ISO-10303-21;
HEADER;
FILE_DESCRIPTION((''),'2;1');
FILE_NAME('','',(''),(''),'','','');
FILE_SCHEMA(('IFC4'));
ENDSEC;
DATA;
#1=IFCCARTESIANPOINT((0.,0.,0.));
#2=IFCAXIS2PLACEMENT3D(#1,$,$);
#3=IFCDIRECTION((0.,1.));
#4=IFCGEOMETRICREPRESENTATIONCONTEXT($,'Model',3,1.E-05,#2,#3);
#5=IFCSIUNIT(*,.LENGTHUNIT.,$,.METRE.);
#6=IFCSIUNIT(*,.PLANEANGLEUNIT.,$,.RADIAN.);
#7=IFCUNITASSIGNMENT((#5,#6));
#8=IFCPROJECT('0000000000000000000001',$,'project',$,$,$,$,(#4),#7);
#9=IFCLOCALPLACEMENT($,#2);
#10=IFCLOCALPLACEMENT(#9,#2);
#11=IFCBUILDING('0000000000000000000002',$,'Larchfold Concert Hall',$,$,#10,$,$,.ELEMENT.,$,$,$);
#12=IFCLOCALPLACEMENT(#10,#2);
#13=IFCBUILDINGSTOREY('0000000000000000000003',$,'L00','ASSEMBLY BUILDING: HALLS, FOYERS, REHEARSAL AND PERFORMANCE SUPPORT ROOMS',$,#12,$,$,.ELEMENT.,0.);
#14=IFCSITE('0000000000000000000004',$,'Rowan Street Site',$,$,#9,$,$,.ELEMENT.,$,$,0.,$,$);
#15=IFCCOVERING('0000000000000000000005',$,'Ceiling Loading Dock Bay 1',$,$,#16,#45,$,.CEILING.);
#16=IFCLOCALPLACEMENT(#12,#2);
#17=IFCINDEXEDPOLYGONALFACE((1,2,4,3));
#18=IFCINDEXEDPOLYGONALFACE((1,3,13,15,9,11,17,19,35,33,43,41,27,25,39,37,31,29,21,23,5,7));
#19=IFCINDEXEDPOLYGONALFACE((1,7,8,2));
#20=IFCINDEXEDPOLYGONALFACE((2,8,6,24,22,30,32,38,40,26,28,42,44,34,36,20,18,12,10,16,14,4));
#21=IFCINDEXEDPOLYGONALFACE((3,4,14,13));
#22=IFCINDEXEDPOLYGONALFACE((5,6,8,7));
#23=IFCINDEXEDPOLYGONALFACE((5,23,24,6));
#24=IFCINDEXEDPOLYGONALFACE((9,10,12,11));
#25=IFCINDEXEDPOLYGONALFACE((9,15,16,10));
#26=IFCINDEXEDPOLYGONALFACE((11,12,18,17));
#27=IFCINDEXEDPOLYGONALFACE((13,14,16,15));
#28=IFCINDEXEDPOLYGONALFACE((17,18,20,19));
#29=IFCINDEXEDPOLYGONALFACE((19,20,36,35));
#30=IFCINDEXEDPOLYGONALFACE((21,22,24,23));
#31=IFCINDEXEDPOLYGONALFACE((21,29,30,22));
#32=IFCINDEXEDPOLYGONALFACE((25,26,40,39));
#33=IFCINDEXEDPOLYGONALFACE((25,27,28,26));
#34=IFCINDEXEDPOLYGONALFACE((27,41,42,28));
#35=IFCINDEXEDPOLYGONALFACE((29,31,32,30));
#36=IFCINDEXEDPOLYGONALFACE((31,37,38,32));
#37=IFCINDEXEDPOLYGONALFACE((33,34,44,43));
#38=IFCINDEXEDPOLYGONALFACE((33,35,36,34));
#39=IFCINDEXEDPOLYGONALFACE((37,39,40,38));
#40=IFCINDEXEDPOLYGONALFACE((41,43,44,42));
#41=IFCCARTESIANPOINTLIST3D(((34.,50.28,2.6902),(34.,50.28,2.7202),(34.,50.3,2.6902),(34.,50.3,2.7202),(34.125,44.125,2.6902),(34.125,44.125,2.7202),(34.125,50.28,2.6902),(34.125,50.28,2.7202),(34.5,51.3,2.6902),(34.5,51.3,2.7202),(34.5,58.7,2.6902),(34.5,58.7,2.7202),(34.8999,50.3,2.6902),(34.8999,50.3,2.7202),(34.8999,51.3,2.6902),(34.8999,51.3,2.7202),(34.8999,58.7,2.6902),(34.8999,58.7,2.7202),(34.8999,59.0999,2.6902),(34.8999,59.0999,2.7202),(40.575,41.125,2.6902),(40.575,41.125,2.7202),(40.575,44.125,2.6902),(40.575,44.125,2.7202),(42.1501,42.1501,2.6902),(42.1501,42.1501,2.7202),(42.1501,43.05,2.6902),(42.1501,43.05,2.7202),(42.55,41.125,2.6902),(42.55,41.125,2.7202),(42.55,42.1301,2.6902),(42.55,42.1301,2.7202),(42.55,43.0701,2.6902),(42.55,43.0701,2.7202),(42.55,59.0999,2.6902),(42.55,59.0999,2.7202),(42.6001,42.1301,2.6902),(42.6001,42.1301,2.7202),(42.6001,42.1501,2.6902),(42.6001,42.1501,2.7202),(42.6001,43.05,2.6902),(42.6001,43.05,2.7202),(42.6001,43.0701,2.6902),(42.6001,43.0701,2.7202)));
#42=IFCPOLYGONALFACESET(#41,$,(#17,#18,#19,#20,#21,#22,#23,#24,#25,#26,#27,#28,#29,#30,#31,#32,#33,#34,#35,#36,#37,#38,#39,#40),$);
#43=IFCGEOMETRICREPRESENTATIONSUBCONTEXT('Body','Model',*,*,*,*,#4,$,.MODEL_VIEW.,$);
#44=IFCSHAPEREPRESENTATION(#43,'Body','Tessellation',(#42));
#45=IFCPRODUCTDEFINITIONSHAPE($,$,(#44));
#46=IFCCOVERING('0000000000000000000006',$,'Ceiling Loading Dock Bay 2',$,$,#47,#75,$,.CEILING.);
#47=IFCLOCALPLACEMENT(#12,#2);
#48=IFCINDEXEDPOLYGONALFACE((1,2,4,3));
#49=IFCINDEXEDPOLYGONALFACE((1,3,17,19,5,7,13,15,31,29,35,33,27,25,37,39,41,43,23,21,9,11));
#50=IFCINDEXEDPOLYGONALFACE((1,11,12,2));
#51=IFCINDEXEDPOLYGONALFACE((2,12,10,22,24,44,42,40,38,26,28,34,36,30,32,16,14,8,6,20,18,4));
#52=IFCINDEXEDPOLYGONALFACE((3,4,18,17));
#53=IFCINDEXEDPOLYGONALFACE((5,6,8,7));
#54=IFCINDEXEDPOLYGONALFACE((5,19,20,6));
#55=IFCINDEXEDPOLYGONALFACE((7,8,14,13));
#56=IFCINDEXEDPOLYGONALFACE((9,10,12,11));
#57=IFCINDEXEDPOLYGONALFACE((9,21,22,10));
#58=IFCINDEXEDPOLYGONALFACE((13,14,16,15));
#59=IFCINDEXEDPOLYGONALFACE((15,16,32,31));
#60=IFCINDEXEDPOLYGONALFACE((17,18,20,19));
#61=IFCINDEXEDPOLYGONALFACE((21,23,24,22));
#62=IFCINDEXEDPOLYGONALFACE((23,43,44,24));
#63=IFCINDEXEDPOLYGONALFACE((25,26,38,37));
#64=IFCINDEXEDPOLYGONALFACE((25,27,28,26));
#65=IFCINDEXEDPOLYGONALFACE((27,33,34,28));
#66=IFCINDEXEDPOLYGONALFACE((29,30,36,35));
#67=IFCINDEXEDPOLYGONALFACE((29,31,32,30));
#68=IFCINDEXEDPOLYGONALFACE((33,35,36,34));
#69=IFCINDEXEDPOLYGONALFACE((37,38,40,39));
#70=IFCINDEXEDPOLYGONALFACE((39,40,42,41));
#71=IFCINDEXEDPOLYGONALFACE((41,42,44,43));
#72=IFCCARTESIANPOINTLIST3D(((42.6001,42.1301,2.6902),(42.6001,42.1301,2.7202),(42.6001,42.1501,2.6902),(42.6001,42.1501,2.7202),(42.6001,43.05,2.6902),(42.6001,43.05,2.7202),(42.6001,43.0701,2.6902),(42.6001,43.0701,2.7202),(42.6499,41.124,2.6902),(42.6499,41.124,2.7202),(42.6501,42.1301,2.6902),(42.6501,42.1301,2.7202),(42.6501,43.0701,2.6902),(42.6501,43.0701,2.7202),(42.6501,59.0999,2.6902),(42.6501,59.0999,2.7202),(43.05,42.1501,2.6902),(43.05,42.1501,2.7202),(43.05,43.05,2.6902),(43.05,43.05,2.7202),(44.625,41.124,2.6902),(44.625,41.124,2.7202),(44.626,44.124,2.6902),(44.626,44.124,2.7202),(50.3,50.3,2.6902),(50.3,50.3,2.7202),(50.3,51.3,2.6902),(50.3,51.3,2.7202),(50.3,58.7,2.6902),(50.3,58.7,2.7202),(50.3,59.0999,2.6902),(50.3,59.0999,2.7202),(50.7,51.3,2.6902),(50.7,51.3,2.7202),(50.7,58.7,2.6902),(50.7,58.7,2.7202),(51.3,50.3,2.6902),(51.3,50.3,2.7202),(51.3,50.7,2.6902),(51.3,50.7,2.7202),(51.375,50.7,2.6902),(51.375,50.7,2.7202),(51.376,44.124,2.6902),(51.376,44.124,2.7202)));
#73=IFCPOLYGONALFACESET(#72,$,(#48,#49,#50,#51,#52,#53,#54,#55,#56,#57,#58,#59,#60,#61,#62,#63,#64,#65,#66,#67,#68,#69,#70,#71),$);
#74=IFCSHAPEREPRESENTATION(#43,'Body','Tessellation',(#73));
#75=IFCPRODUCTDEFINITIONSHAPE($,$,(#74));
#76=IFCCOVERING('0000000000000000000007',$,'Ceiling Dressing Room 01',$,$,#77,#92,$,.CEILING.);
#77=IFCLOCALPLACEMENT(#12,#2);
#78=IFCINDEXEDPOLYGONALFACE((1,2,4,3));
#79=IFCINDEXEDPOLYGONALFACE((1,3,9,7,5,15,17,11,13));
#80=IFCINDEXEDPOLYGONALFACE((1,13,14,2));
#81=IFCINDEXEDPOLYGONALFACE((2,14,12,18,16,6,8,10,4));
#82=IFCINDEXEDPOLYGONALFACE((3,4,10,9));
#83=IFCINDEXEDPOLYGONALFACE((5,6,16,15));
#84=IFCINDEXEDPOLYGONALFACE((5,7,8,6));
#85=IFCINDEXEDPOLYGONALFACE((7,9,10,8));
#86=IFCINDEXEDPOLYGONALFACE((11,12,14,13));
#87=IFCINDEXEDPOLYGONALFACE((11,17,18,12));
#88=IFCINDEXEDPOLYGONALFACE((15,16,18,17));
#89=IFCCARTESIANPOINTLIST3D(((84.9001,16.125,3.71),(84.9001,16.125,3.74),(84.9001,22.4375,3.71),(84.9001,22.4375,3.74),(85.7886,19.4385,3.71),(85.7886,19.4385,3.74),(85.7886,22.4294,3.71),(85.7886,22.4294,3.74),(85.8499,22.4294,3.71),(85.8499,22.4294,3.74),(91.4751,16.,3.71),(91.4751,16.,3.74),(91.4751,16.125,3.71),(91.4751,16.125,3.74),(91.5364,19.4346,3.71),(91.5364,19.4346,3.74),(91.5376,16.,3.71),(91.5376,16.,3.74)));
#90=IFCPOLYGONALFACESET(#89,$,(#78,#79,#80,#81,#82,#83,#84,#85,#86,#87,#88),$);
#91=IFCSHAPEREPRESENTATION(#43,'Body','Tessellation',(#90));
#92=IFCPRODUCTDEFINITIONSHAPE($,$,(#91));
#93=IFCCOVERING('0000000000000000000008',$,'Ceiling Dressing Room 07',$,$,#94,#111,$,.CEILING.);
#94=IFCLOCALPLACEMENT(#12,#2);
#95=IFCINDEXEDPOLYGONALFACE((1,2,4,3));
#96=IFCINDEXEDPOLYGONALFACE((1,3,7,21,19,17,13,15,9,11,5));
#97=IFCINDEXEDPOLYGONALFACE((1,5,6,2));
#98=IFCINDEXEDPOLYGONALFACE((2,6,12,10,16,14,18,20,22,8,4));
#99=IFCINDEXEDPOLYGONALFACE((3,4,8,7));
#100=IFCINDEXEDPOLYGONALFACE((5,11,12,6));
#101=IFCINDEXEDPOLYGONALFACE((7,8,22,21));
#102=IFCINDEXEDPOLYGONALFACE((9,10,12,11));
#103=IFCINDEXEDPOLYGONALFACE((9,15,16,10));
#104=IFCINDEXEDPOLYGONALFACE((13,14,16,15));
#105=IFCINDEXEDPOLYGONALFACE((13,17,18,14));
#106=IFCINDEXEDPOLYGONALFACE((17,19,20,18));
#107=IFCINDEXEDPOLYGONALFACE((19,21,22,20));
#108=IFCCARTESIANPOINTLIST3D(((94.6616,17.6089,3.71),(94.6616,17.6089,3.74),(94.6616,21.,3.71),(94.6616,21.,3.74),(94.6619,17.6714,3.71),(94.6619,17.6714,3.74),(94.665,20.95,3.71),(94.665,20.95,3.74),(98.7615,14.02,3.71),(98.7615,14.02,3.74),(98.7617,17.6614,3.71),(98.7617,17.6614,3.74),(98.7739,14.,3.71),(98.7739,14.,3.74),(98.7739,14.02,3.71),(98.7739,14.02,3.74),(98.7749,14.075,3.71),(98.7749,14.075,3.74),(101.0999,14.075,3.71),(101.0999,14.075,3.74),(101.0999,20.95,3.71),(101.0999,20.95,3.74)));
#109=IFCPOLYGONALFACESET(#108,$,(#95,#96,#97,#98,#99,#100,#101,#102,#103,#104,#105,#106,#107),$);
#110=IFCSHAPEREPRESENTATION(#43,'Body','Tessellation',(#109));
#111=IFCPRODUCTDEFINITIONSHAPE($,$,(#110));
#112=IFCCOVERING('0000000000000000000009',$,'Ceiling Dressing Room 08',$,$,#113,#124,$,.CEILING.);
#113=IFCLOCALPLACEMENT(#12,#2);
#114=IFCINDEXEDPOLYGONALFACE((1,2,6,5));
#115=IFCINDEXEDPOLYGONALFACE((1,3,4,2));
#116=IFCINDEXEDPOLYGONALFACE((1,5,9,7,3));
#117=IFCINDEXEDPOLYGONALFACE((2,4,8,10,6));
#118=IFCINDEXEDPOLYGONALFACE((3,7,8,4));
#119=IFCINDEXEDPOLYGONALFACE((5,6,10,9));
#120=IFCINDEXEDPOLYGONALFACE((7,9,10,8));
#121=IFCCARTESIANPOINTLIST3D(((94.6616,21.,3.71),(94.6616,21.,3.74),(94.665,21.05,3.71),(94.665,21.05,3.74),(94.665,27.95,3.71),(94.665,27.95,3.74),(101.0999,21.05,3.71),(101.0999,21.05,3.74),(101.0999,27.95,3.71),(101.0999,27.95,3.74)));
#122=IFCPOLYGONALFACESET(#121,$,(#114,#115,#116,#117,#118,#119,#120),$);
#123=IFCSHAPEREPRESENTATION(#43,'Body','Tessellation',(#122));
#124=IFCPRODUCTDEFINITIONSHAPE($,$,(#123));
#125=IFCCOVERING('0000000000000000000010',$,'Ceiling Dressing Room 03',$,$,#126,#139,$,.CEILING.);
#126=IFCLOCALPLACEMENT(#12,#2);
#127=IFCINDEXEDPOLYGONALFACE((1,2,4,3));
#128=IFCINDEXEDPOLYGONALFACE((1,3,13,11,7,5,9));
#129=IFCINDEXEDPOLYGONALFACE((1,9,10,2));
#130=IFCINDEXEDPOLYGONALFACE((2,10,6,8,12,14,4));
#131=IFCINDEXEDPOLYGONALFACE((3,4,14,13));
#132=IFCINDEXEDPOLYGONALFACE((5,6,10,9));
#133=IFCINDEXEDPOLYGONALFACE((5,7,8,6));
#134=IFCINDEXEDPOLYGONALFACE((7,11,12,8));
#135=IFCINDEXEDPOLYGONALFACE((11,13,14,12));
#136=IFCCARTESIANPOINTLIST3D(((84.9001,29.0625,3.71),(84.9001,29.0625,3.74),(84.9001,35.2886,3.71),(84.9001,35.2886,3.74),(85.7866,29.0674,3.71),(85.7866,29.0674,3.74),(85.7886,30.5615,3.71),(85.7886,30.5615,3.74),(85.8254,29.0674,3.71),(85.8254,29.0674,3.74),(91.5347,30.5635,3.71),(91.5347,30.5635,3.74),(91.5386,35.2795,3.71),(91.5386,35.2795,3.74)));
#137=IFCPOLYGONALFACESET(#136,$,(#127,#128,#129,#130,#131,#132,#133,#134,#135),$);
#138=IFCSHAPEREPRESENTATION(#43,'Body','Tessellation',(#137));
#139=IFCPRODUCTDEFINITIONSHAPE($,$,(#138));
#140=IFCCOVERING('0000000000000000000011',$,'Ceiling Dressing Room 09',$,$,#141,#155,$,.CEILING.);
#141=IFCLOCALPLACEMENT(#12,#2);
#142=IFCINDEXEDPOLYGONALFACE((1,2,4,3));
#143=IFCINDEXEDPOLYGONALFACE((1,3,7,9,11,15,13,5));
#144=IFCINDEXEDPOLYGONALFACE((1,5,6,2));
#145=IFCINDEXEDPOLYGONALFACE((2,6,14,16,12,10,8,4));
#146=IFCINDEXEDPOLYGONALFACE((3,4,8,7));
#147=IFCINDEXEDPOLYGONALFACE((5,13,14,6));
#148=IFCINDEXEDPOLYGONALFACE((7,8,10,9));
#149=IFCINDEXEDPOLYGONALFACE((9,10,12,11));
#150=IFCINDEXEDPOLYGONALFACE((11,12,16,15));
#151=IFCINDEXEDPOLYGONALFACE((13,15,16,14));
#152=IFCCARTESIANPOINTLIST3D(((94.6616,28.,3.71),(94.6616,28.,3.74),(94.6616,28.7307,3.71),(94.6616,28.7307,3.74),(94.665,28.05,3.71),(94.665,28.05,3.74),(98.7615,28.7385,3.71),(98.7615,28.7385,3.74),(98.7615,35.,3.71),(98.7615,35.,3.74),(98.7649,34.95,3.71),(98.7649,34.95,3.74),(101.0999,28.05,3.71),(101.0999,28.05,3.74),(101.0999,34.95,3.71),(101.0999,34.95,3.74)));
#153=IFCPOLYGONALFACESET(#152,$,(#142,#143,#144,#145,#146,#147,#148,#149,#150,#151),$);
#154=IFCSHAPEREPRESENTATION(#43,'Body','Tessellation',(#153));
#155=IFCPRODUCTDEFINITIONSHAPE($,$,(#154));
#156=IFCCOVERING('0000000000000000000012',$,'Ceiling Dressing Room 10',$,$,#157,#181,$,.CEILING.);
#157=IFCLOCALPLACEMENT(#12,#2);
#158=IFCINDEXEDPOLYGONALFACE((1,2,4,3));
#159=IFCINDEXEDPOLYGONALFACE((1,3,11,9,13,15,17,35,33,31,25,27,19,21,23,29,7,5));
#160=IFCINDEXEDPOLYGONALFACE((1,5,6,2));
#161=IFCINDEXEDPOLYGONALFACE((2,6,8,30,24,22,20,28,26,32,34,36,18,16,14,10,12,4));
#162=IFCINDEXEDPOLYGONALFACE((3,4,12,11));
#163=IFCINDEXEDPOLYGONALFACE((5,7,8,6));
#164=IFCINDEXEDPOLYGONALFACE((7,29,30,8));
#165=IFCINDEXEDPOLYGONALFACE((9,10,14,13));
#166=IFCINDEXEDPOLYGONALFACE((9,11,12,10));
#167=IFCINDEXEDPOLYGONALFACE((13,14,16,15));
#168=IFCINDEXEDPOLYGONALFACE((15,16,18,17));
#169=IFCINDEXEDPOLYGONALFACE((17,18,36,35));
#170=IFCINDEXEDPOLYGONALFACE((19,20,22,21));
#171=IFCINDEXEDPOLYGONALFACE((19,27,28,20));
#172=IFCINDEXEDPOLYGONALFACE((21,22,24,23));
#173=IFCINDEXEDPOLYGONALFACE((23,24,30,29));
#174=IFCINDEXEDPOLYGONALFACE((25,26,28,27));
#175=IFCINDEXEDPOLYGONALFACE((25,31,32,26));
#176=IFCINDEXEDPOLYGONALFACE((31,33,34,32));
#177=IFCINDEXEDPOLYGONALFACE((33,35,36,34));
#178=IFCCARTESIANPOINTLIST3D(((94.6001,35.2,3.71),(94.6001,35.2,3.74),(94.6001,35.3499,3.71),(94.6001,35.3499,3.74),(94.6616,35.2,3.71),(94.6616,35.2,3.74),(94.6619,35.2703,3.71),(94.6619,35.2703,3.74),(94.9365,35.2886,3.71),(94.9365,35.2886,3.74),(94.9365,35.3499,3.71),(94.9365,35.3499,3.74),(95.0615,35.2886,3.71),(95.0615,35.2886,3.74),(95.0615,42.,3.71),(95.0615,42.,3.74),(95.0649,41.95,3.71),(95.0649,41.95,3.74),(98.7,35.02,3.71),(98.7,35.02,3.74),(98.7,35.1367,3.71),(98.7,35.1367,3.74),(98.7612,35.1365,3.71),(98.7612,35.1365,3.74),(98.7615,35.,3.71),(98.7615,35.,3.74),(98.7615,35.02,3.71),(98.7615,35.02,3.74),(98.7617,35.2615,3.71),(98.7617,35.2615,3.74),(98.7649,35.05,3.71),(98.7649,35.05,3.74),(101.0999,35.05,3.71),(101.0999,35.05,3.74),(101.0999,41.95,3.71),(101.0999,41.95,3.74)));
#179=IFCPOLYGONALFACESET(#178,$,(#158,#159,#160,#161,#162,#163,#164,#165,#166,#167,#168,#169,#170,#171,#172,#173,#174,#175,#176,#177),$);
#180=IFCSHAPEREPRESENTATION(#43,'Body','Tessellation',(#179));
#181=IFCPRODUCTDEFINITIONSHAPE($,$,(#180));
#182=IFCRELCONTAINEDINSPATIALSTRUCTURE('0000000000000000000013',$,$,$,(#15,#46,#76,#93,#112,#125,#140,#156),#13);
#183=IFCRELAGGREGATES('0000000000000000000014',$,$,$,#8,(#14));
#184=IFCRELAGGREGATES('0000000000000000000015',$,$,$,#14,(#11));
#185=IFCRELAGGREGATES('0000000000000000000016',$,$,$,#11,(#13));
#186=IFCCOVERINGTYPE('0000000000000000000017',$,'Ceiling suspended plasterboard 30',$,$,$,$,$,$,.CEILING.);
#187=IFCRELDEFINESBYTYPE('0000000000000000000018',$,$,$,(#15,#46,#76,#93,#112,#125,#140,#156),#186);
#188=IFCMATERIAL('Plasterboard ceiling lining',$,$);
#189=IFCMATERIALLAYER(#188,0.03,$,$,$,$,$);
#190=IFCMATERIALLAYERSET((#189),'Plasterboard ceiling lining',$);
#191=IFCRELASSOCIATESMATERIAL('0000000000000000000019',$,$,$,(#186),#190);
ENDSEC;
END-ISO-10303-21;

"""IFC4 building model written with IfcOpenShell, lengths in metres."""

from ifc_helpers import new_model, si_unit, direction, frame, origin, place, context, subcontext, project, spatial, polyline, outline, extrude, material, layer, layer_set, type_object, element, save


model = new_model("IFC4")

# Units and contexts
model_context = context("Model", 3, precision=1e-05, world=origin(), true_north=direction((0.0, 1.0)))
body_context = subcontext(model_context, "Body", "Model", "MODEL_VIEW")
ifc_project = project(units=[si_unit("LENGTHUNIT", "METRE"), si_unit("PLANEANGLEUNIT", "RADIAN")], contexts=[model_context])

# Site, building, storey
site_placement = place(None, origin())
site = spatial("IfcSite", under=ifc_project, at=site_placement, Name="Rowan Street Site", CompositionType="ELEMENT", RefElevation=0.0)
building_placement = place(site_placement, origin())
building = spatial("IfcBuilding", under=site, at=building_placement, Name="Larchfold Concert Hall", CompositionType="ELEMENT")
storey_placement = place(building_placement, origin())
storey = spatial("IfcBuildingStorey", under=building, at=storey_placement, Name="L00", Description="ASSEMBLY BUILDING: HALLS, FOYERS, REHEARSAL AND PERFORMANCE SUPPORT ROOMS", CompositionType="ELEMENT", Elevation=0.0)

# Coverings
ifc_material_1 = material(Name="Plasterboard ceiling lining")
ifc_layer_1 = layer(ifc_material_1, 0.03)
ifc_layer_set_1 = layer_set([ifc_layer_1], Name="Plasterboard ceiling lining")
covering_type_1 = type_object("IfcCoveringType", Name="Ceiling suspended plasterboard 30", PredefinedType="CEILING", material=ifc_layer_set_1)
covering_1_placement = place(storey_placement, frame((0.0, 0.0, 2.6902)))
element("IfcCovering", 1, at=covering_1_placement, inside=storey, type_object=covering_type_1, Name="Ceiling Loading Dock Bay 1", PredefinedType="CEILING", context=body_context, shape_type="SweptSolid", body=[
    extrude(outline(polyline([(34.0, 50.3), (34.0, 50.28), (34.125, 50.28), (34.125, 44.125), (40.575, 44.125), (40.575, 41.125), (42.55, 41.125), (42.55, 42.1301), (42.6001, 42.1301), (42.6001, 42.1501), (42.1501, 42.1501), (42.1501, 43.05), (42.6001, 43.05), (42.6001, 43.0701), (42.55, 43.0701), (42.55, 59.0999), (34.8999, 59.0999), (34.8999, 58.7), (34.5, 58.7), (34.5, 51.3), (34.8999, 51.3), (34.8999, 50.3), (34.0, 50.3)])), origin(), (0.0, 0.0, 1.0), 0.03),
])
covering_2_placement = place(storey_placement, frame((0.0, 0.0, 2.6902)))
element("IfcCovering", 2, at=covering_2_placement, inside=storey, type_object=covering_type_1, Name="Ceiling Loading Dock Bay 2", PredefinedType="CEILING", context=body_context, shape_type="SweptSolid", body=[
    extrude(outline(polyline([(42.6501, 42.1301), (42.6499, 41.124), (44.625, 41.124), (44.626, 44.124), (51.376, 44.124), (51.375, 50.7), (51.3, 50.7), (51.3, 50.3), (50.3, 50.3), (50.3, 51.3), (50.7, 51.3), (50.7, 58.7), (50.3, 58.7), (50.3, 59.0999), (42.6501, 59.0999), (42.6501, 43.0701), (42.6001, 43.0701), (42.6001, 43.05), (43.05, 43.05), (43.05, 42.1501), (42.6001, 42.1501), (42.6001, 42.1301), (42.6501, 42.1301)])), origin(), (0.0, 0.0, 1.0), 0.03),
])
covering_3_placement = place(storey_placement, frame((0.0, 0.0, 3.71)))
element("IfcCovering", 3, at=covering_3_placement, inside=storey, type_object=covering_type_1, Name="Ceiling Dressing Room 01", PredefinedType="CEILING", context=body_context, shape_type="SweptSolid", body=[
    extrude(outline(polyline([(85.7886, 22.4294), (85.8499, 22.4294), (84.9001, 22.4375), (84.9001, 16.125), (91.4751, 16.125), (91.4751, 16.0), (91.5376, 16.0), (91.5364, 19.4346), (85.7886, 19.4385), (85.7886, 22.4294)])), origin(), (0.0, 0.0, 1.0), 0.03),
])
covering_4_placement = place(storey_placement, frame((0.0, 0.0, 3.71)))
element("IfcCovering", 4, at=covering_4_placement, inside=storey, type_object=covering_type_1, Name="Ceiling Dressing Room 07", PredefinedType="CEILING", context=body_context, shape_type="SweptSolid", body=[
    extrude(outline(polyline([(94.6616, 17.6089), (94.6619, 17.6714), (98.7617, 17.6614), (98.7615, 14.02), (98.7739, 14.02), (98.7739, 14.0), (98.7749, 14.075), (101.0999, 14.075), (101.0999, 20.95), (94.665, 20.95), (94.6616, 21.0), (94.6616, 17.6089)])), origin(), (0.0, 0.0, 1.0), 0.03),
])
covering_5_placement = place(storey_placement, frame((0.0, 0.0, 3.71)))
element("IfcCovering", 5, at=covering_5_placement, inside=storey, type_object=covering_type_1, Name="Ceiling Dressing Room 08", PredefinedType="CEILING", context=body_context, shape_type="SweptSolid", body=[
    extrude(outline(polyline([(94.6616, 21.0), (94.665, 21.05), (101.0999, 21.05), (101.0999, 27.95), (94.665, 27.95), (94.665, 28.0), (94.6616, 21.0)])), origin(), (0.0, 0.0, 1.0), 0.03),
])
covering_6_placement = place(storey_placement, frame((0.0, 0.0, 3.71)))
element("IfcCovering", 6, at=covering_6_placement, inside=storey, type_object=covering_type_1, Name="Ceiling Dressing Room 03", PredefinedType="CEILING", context=body_context, shape_type="SweptSolid", body=[
    extrude(outline(polyline([(84.9001, 35.2886), (84.9001, 29.0625), (85.8254, 29.0674), (85.7866, 29.0674), (85.7886, 30.5615), (91.6001, 30.5635), (91.5347, 30.5635), (91.5386, 35.2795), (84.9001, 35.2886)])), origin(), (0.0, 0.0, 1.0), 0.03),
])
covering_7_placement = place(storey_placement, frame((0.0, 0.0, 3.71)))
element("IfcCovering", 7, at=covering_7_placement, inside=storey, type_object=covering_type_1, Name="Ceiling Dressing Room 09", PredefinedType="CEILING", context=body_context, shape_type="SweptSolid", body=[
    extrude(outline(polyline([(94.6616, 28.0), (94.665, 28.05), (101.0999, 28.05), (101.0999, 34.95), (98.7649, 34.95), (98.7615, 35.0), (98.7615, 28.7385), (94.6616, 28.7307), (94.6616, 28.0)])), origin(), (0.0, 0.0, 1.0), 0.03),
])
covering_8_placement = place(storey_placement, frame((0.0, 0.0, 3.71)))
element("IfcCovering", 8, at=covering_8_placement, inside=storey, type_object=covering_type_1, Name="Ceiling Dressing Room 10", PredefinedType="CEILING", context=body_context, shape_type="SweptSolid", body=[
    extrude(outline(polyline([(95.0615, 42.0), (95.0615, 35.2886), (94.9365, 35.2886), (94.9365, 35.3499), (94.6001, 35.3499), (94.6001, 35.2), (94.6616, 35.2), (94.6619, 35.2703), (98.7617, 35.2615), (98.7612, 35.1365), (98.7, 35.1367), (98.7, 35.02), (98.7615, 35.02), (98.7615, 35.0), (98.7649, 35.05), (101.0999, 35.05), (101.0999, 41.95), (95.0649, 41.95), (95.0615, 42.0)])), origin(), (0.0, 0.0, 1.0), 0.03),
])

save(model, "model.ifc")
